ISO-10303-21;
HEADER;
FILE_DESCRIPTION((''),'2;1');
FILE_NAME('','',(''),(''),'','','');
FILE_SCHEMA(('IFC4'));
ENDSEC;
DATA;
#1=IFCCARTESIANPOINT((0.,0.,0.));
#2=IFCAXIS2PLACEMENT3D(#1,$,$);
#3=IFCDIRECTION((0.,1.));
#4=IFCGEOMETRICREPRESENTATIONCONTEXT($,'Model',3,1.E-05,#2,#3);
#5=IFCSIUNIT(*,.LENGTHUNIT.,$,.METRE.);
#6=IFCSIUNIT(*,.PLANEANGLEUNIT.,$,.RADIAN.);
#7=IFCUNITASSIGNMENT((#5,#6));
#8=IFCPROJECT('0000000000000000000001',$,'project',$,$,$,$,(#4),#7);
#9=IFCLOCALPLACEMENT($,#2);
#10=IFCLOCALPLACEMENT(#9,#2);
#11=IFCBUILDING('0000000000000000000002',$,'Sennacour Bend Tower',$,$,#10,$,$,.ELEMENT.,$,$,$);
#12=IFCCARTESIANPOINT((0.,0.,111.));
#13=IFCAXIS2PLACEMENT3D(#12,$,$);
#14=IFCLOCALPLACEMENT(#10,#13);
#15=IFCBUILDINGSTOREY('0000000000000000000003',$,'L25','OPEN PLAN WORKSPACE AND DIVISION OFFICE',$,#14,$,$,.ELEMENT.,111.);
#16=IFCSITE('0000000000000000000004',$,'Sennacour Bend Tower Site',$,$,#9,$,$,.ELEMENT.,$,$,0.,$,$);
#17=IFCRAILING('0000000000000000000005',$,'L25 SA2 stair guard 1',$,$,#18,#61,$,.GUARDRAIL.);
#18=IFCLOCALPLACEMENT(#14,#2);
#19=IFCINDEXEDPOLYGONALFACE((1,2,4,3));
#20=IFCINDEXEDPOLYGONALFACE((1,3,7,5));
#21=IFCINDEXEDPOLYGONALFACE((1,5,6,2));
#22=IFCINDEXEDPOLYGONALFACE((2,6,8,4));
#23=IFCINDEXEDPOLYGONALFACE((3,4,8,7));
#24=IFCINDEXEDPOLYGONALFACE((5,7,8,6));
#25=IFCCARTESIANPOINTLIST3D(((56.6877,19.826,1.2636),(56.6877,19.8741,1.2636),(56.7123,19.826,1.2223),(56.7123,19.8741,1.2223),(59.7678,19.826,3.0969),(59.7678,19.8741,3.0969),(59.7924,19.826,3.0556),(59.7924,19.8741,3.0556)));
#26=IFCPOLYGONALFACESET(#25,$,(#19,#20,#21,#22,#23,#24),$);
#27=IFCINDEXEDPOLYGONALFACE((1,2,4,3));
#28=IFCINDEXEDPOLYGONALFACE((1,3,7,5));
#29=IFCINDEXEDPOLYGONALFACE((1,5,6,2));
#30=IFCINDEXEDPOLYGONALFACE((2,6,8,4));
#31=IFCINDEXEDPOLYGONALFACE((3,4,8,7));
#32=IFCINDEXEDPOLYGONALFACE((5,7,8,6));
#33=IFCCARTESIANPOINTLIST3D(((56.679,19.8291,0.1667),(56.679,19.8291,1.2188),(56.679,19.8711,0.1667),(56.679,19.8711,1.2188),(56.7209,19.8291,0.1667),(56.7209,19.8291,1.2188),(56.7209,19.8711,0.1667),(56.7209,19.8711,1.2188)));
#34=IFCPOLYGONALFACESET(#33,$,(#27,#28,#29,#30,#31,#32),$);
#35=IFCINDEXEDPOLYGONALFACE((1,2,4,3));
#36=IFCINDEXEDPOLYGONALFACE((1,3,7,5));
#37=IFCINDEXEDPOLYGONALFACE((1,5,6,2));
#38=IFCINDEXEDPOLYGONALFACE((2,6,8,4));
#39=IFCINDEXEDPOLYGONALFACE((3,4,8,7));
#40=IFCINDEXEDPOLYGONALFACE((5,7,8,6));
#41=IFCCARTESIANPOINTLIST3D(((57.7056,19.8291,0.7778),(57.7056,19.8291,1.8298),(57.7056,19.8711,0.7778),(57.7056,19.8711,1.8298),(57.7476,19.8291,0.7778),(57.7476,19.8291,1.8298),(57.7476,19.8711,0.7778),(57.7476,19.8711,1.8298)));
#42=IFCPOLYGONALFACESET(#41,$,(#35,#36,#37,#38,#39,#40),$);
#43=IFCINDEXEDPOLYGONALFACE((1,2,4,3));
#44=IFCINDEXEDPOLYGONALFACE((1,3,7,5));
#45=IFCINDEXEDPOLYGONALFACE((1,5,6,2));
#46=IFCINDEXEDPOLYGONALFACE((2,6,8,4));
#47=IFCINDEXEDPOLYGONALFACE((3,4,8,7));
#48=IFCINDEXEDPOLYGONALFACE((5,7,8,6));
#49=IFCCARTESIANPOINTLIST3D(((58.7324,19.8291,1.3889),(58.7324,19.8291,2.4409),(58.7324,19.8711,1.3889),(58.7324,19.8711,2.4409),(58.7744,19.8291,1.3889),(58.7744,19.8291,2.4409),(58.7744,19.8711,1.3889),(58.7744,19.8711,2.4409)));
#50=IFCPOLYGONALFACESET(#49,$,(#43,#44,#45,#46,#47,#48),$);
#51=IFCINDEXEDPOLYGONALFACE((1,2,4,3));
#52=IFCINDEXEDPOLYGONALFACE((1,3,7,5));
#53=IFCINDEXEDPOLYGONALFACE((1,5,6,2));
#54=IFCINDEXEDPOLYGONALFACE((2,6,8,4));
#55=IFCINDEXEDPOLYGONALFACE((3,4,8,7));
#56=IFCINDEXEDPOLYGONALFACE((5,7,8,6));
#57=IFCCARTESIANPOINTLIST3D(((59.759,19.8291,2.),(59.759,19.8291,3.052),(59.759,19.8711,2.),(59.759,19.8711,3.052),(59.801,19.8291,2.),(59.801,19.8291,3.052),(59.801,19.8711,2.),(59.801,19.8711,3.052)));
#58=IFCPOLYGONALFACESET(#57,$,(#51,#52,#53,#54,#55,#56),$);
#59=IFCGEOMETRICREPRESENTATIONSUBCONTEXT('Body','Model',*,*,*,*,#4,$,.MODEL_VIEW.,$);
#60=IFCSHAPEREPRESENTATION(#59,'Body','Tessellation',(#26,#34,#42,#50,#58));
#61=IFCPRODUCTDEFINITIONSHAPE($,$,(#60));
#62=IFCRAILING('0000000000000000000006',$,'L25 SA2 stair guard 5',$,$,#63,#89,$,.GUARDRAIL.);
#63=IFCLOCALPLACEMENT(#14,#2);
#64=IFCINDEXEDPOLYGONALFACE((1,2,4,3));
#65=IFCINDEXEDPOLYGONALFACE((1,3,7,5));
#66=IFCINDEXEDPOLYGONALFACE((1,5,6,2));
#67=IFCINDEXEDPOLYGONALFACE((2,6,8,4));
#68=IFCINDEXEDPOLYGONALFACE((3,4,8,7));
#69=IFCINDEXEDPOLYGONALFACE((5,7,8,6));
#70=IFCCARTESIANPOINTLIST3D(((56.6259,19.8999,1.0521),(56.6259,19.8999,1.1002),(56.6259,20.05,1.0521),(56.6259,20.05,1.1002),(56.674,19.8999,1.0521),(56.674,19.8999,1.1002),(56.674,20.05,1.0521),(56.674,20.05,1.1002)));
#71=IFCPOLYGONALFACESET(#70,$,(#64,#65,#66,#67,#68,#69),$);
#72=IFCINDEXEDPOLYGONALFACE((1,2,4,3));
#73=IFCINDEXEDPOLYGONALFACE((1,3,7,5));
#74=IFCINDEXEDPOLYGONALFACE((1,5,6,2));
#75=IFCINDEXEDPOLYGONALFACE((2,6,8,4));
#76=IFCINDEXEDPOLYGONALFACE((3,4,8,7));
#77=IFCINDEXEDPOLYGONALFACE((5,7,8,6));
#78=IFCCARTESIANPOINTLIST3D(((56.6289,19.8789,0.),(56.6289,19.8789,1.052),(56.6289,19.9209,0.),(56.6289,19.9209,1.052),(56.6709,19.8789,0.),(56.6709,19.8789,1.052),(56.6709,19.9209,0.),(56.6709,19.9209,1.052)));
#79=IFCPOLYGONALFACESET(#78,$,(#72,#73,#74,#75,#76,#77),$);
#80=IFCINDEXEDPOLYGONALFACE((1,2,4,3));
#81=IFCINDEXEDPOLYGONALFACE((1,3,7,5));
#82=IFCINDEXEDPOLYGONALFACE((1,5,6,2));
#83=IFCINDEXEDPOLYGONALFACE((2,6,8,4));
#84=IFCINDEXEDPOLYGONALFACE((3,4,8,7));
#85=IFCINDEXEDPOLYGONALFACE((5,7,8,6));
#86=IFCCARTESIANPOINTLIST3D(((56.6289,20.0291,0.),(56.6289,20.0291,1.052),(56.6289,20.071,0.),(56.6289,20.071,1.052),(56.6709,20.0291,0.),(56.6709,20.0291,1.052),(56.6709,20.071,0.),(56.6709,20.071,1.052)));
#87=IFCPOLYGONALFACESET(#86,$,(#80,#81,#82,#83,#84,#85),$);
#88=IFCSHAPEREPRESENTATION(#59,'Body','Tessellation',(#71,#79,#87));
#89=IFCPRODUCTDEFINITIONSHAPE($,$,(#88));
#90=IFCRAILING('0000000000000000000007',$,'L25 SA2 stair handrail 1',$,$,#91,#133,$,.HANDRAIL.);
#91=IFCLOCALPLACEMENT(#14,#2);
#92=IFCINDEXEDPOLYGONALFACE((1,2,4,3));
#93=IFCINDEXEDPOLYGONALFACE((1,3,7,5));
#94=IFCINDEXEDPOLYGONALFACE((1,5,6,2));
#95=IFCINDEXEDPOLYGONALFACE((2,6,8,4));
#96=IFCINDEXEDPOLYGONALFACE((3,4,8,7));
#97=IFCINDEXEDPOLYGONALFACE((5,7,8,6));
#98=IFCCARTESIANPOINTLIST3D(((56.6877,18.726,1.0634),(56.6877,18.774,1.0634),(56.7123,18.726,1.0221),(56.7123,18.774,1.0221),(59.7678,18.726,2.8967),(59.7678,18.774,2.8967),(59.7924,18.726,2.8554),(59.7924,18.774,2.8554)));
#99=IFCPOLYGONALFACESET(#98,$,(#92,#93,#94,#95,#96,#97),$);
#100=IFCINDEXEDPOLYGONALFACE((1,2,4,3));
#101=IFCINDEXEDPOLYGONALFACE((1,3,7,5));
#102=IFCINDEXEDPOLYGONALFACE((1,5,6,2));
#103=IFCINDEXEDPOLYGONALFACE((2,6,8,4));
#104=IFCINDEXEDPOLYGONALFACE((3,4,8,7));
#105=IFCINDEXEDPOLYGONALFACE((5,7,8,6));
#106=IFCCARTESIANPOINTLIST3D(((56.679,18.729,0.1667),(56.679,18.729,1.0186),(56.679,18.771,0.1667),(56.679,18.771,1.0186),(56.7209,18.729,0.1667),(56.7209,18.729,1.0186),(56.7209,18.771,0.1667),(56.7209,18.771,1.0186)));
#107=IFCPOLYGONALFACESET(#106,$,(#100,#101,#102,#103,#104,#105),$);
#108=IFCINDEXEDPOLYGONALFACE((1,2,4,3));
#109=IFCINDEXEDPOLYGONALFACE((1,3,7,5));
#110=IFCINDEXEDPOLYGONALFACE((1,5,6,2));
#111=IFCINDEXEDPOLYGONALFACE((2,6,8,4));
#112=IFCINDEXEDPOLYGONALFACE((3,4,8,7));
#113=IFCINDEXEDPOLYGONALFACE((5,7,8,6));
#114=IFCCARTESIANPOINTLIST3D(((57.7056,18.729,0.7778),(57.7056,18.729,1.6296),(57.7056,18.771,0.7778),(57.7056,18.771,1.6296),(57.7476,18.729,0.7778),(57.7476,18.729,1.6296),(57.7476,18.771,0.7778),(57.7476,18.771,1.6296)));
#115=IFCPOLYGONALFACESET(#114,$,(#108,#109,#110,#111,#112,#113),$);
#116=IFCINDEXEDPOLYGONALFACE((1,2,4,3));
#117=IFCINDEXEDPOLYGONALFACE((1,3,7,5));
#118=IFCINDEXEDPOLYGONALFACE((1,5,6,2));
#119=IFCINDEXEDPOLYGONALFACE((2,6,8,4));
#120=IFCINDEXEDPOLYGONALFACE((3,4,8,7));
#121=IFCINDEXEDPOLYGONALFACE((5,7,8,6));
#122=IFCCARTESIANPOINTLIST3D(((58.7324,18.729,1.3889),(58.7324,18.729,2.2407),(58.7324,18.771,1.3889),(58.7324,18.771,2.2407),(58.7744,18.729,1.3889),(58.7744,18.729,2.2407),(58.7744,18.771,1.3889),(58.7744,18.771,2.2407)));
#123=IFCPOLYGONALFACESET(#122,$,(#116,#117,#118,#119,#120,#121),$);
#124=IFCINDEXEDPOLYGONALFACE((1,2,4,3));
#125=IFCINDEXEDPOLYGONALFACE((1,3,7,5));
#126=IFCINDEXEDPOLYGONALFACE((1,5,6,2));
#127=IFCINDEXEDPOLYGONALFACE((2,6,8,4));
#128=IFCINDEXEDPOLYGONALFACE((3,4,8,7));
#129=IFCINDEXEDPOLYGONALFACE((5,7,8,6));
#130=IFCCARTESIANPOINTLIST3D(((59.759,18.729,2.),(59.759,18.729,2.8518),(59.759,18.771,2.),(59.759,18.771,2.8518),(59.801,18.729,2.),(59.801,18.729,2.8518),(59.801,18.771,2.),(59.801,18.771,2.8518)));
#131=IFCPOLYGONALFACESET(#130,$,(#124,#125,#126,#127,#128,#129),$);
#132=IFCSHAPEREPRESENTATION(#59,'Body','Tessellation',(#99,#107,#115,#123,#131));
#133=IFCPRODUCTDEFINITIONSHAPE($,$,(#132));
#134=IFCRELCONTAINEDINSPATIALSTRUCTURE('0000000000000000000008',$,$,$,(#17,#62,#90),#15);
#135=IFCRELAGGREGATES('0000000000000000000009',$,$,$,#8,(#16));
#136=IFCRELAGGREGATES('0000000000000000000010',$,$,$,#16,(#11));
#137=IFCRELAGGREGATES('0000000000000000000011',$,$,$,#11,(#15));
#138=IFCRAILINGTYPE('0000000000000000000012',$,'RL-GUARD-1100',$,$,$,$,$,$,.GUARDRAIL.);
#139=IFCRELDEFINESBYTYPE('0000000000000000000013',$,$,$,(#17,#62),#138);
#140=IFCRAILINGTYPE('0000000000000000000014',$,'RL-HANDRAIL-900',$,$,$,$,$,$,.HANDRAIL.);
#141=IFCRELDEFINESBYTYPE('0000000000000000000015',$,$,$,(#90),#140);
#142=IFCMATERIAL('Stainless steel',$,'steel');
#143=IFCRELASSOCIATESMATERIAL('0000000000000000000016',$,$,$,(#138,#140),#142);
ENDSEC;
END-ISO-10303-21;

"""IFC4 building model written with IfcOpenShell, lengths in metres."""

from ifc_helpers import new_model, si_unit, direction, frame, origin, origin_2d, place, context, subcontext, project, spatial, rectangle, extrude, material, type_object, element, save


model = new_model("IFC4")

# Units and contexts
model_context = context("Model", 3, precision=1e-05, world=origin(), true_north=direction((0.0, 1.0)))
body_context = subcontext(model_context, "Body", "Model", "MODEL_VIEW")
ifc_project = project(units=[si_unit("LENGTHUNIT", "METRE"), si_unit("PLANEANGLEUNIT", "RADIAN")], contexts=[model_context])

# Site, building, storey
site_placement = place(None, origin())
site = spatial("IfcSite", under=ifc_project, at=site_placement, Name="Sennacour Bend Tower Site", CompositionType="ELEMENT", RefElevation=0.0)
building_placement = place(site_placement, origin())
building = spatial("IfcBuilding", under=site, at=building_placement, Name="Sennacour Bend Tower", CompositionType="ELEMENT")
storey_placement = place(building_placement, frame((0.0, 0.0, 111.0)))
storey = spatial("IfcBuildingStorey", under=building, at=storey_placement, Name="L25", Description="OPEN PLAN WORKSPACE AND DIVISION OFFICE", CompositionType="ELEMENT", Elevation=111.0)

# Shared definitions
ifc_material_1 = material(Name="Stainless steel", Category="steel")

# Railings
railing_type_1 = type_object("IfcRailingType", Name="RL-GUARD-1100", PredefinedType="GUARDRAIL", material=ifc_material_1)
railing_1_placement = place(storey_placement, frame((56.7, 19.8501, 0.1667)))
element("IfcRailing", 1, at=railing_1_placement, inside=storey, type_object=railing_type_1, Name="L25 SA2 stair guard 1", PredefinedType="GUARDRAIL", context=body_context, shape_type="SweptSolid", body=[
    extrude(rectangle(XDim=0.0481, YDim=0.0481, at=origin_2d()), frame((0.0, 0.0, 1.0762), z_axis=(0.859309, 0.0, 0.511458), x_axis=(0.0, 1.0, 0.0)), (0.0, 0.0, 1.0), 3.5845),
    extrude(rectangle(XDim=0.042, YDim=0.042, at=origin_2d()), origin(), (0.0, 0.0, 1.0), 1.052),
    extrude(rectangle(XDim=0.042, YDim=0.042, at=origin_2d()), frame((1.0266, 0.0, 0.6111)), (0.0, 0.0, 1.0), 1.052),
    extrude(rectangle(XDim=0.042, YDim=0.042, at=origin_2d()), frame((2.0535, 0.0, 1.2222)), (0.0, 0.0, 1.0), 1.052),
    extrude(rectangle(XDim=0.042, YDim=0.042, at=origin_2d()), frame((3.0801, 0.0, 1.8333)), (0.0, 0.0, 1.0), 1.052),
])
railing_2_placement = place(storey_placement, frame((56.6499, 19.8999, 0.0)))
element("IfcRailing", 2, at=railing_2_placement, inside=storey, type_object=railing_type_1, Name="L25 SA2 stair guard 5", PredefinedType="GUARDRAIL", context=body_context, shape_type="SweptSolid", body=[
    extrude(rectangle(XDim=0.0481, YDim=0.0481, at=origin_2d()), frame((0.0, 0.0, 1.0762), z_axis=(0.0, 1.0, 0.0), x_axis=(-1.0, 0.0, 0.0)), (0.0, 0.0, 1.0), 0.1501),
    extrude(rectangle(XDim=0.042, YDim=0.042, at=origin_2d()), origin(), (0.0, 0.0, 1.0), 1.052),
    extrude(rectangle(XDim=0.042, YDim=0.042, at=origin_2d()), frame((0.0, 0.1501, 0.0)), (0.0, 0.0, 1.0), 1.052),
])
railing_type_2 = type_object("IfcRailingType", Name="RL-HANDRAIL-900", PredefinedType="HANDRAIL", material=ifc_material_1)
railing_3_placement = place(storey_placement, frame((56.7, 18.75, 0.1667)))
element("IfcRailing", 3, at=railing_3_placement, inside=storey, type_object=railing_type_2, Name="L25 SA2 stair handrail 1", PredefinedType="HANDRAIL", context=body_context, shape_type="SweptSolid", body=[
    extrude(rectangle(XDim=0.0481, YDim=0.0481, at=origin_2d()), frame((0.0, 0.0, 0.876), z_axis=(0.859309, 0.0, 0.511458), x_axis=(0.0, 1.0, 0.0)), (0.0, 0.0, 1.0), 3.5845),
    extrude(rectangle(XDim=0.042, YDim=0.042, at=origin_2d()), origin(), (0.0, 0.0, 1.0), 0.8518),
    extrude(rectangle(XDim=0.042, YDim=0.042, at=origin_2d()), frame((1.0266, 0.0, 0.6111)), (0.0, 0.0, 1.0), 0.8518),
    extrude(rectangle(XDim=0.042, YDim=0.042, at=origin_2d()), frame((2.0535, 0.0, 1.2222)), (0.0, 0.0, 1.0), 0.8518),
    extrude(rectangle(XDim=0.042, YDim=0.042, at=origin_2d()), frame((3.0801, 0.0, 1.8333)), (0.0, 0.0, 1.0), 0.8518),
])

save(model, "model.ifc")
